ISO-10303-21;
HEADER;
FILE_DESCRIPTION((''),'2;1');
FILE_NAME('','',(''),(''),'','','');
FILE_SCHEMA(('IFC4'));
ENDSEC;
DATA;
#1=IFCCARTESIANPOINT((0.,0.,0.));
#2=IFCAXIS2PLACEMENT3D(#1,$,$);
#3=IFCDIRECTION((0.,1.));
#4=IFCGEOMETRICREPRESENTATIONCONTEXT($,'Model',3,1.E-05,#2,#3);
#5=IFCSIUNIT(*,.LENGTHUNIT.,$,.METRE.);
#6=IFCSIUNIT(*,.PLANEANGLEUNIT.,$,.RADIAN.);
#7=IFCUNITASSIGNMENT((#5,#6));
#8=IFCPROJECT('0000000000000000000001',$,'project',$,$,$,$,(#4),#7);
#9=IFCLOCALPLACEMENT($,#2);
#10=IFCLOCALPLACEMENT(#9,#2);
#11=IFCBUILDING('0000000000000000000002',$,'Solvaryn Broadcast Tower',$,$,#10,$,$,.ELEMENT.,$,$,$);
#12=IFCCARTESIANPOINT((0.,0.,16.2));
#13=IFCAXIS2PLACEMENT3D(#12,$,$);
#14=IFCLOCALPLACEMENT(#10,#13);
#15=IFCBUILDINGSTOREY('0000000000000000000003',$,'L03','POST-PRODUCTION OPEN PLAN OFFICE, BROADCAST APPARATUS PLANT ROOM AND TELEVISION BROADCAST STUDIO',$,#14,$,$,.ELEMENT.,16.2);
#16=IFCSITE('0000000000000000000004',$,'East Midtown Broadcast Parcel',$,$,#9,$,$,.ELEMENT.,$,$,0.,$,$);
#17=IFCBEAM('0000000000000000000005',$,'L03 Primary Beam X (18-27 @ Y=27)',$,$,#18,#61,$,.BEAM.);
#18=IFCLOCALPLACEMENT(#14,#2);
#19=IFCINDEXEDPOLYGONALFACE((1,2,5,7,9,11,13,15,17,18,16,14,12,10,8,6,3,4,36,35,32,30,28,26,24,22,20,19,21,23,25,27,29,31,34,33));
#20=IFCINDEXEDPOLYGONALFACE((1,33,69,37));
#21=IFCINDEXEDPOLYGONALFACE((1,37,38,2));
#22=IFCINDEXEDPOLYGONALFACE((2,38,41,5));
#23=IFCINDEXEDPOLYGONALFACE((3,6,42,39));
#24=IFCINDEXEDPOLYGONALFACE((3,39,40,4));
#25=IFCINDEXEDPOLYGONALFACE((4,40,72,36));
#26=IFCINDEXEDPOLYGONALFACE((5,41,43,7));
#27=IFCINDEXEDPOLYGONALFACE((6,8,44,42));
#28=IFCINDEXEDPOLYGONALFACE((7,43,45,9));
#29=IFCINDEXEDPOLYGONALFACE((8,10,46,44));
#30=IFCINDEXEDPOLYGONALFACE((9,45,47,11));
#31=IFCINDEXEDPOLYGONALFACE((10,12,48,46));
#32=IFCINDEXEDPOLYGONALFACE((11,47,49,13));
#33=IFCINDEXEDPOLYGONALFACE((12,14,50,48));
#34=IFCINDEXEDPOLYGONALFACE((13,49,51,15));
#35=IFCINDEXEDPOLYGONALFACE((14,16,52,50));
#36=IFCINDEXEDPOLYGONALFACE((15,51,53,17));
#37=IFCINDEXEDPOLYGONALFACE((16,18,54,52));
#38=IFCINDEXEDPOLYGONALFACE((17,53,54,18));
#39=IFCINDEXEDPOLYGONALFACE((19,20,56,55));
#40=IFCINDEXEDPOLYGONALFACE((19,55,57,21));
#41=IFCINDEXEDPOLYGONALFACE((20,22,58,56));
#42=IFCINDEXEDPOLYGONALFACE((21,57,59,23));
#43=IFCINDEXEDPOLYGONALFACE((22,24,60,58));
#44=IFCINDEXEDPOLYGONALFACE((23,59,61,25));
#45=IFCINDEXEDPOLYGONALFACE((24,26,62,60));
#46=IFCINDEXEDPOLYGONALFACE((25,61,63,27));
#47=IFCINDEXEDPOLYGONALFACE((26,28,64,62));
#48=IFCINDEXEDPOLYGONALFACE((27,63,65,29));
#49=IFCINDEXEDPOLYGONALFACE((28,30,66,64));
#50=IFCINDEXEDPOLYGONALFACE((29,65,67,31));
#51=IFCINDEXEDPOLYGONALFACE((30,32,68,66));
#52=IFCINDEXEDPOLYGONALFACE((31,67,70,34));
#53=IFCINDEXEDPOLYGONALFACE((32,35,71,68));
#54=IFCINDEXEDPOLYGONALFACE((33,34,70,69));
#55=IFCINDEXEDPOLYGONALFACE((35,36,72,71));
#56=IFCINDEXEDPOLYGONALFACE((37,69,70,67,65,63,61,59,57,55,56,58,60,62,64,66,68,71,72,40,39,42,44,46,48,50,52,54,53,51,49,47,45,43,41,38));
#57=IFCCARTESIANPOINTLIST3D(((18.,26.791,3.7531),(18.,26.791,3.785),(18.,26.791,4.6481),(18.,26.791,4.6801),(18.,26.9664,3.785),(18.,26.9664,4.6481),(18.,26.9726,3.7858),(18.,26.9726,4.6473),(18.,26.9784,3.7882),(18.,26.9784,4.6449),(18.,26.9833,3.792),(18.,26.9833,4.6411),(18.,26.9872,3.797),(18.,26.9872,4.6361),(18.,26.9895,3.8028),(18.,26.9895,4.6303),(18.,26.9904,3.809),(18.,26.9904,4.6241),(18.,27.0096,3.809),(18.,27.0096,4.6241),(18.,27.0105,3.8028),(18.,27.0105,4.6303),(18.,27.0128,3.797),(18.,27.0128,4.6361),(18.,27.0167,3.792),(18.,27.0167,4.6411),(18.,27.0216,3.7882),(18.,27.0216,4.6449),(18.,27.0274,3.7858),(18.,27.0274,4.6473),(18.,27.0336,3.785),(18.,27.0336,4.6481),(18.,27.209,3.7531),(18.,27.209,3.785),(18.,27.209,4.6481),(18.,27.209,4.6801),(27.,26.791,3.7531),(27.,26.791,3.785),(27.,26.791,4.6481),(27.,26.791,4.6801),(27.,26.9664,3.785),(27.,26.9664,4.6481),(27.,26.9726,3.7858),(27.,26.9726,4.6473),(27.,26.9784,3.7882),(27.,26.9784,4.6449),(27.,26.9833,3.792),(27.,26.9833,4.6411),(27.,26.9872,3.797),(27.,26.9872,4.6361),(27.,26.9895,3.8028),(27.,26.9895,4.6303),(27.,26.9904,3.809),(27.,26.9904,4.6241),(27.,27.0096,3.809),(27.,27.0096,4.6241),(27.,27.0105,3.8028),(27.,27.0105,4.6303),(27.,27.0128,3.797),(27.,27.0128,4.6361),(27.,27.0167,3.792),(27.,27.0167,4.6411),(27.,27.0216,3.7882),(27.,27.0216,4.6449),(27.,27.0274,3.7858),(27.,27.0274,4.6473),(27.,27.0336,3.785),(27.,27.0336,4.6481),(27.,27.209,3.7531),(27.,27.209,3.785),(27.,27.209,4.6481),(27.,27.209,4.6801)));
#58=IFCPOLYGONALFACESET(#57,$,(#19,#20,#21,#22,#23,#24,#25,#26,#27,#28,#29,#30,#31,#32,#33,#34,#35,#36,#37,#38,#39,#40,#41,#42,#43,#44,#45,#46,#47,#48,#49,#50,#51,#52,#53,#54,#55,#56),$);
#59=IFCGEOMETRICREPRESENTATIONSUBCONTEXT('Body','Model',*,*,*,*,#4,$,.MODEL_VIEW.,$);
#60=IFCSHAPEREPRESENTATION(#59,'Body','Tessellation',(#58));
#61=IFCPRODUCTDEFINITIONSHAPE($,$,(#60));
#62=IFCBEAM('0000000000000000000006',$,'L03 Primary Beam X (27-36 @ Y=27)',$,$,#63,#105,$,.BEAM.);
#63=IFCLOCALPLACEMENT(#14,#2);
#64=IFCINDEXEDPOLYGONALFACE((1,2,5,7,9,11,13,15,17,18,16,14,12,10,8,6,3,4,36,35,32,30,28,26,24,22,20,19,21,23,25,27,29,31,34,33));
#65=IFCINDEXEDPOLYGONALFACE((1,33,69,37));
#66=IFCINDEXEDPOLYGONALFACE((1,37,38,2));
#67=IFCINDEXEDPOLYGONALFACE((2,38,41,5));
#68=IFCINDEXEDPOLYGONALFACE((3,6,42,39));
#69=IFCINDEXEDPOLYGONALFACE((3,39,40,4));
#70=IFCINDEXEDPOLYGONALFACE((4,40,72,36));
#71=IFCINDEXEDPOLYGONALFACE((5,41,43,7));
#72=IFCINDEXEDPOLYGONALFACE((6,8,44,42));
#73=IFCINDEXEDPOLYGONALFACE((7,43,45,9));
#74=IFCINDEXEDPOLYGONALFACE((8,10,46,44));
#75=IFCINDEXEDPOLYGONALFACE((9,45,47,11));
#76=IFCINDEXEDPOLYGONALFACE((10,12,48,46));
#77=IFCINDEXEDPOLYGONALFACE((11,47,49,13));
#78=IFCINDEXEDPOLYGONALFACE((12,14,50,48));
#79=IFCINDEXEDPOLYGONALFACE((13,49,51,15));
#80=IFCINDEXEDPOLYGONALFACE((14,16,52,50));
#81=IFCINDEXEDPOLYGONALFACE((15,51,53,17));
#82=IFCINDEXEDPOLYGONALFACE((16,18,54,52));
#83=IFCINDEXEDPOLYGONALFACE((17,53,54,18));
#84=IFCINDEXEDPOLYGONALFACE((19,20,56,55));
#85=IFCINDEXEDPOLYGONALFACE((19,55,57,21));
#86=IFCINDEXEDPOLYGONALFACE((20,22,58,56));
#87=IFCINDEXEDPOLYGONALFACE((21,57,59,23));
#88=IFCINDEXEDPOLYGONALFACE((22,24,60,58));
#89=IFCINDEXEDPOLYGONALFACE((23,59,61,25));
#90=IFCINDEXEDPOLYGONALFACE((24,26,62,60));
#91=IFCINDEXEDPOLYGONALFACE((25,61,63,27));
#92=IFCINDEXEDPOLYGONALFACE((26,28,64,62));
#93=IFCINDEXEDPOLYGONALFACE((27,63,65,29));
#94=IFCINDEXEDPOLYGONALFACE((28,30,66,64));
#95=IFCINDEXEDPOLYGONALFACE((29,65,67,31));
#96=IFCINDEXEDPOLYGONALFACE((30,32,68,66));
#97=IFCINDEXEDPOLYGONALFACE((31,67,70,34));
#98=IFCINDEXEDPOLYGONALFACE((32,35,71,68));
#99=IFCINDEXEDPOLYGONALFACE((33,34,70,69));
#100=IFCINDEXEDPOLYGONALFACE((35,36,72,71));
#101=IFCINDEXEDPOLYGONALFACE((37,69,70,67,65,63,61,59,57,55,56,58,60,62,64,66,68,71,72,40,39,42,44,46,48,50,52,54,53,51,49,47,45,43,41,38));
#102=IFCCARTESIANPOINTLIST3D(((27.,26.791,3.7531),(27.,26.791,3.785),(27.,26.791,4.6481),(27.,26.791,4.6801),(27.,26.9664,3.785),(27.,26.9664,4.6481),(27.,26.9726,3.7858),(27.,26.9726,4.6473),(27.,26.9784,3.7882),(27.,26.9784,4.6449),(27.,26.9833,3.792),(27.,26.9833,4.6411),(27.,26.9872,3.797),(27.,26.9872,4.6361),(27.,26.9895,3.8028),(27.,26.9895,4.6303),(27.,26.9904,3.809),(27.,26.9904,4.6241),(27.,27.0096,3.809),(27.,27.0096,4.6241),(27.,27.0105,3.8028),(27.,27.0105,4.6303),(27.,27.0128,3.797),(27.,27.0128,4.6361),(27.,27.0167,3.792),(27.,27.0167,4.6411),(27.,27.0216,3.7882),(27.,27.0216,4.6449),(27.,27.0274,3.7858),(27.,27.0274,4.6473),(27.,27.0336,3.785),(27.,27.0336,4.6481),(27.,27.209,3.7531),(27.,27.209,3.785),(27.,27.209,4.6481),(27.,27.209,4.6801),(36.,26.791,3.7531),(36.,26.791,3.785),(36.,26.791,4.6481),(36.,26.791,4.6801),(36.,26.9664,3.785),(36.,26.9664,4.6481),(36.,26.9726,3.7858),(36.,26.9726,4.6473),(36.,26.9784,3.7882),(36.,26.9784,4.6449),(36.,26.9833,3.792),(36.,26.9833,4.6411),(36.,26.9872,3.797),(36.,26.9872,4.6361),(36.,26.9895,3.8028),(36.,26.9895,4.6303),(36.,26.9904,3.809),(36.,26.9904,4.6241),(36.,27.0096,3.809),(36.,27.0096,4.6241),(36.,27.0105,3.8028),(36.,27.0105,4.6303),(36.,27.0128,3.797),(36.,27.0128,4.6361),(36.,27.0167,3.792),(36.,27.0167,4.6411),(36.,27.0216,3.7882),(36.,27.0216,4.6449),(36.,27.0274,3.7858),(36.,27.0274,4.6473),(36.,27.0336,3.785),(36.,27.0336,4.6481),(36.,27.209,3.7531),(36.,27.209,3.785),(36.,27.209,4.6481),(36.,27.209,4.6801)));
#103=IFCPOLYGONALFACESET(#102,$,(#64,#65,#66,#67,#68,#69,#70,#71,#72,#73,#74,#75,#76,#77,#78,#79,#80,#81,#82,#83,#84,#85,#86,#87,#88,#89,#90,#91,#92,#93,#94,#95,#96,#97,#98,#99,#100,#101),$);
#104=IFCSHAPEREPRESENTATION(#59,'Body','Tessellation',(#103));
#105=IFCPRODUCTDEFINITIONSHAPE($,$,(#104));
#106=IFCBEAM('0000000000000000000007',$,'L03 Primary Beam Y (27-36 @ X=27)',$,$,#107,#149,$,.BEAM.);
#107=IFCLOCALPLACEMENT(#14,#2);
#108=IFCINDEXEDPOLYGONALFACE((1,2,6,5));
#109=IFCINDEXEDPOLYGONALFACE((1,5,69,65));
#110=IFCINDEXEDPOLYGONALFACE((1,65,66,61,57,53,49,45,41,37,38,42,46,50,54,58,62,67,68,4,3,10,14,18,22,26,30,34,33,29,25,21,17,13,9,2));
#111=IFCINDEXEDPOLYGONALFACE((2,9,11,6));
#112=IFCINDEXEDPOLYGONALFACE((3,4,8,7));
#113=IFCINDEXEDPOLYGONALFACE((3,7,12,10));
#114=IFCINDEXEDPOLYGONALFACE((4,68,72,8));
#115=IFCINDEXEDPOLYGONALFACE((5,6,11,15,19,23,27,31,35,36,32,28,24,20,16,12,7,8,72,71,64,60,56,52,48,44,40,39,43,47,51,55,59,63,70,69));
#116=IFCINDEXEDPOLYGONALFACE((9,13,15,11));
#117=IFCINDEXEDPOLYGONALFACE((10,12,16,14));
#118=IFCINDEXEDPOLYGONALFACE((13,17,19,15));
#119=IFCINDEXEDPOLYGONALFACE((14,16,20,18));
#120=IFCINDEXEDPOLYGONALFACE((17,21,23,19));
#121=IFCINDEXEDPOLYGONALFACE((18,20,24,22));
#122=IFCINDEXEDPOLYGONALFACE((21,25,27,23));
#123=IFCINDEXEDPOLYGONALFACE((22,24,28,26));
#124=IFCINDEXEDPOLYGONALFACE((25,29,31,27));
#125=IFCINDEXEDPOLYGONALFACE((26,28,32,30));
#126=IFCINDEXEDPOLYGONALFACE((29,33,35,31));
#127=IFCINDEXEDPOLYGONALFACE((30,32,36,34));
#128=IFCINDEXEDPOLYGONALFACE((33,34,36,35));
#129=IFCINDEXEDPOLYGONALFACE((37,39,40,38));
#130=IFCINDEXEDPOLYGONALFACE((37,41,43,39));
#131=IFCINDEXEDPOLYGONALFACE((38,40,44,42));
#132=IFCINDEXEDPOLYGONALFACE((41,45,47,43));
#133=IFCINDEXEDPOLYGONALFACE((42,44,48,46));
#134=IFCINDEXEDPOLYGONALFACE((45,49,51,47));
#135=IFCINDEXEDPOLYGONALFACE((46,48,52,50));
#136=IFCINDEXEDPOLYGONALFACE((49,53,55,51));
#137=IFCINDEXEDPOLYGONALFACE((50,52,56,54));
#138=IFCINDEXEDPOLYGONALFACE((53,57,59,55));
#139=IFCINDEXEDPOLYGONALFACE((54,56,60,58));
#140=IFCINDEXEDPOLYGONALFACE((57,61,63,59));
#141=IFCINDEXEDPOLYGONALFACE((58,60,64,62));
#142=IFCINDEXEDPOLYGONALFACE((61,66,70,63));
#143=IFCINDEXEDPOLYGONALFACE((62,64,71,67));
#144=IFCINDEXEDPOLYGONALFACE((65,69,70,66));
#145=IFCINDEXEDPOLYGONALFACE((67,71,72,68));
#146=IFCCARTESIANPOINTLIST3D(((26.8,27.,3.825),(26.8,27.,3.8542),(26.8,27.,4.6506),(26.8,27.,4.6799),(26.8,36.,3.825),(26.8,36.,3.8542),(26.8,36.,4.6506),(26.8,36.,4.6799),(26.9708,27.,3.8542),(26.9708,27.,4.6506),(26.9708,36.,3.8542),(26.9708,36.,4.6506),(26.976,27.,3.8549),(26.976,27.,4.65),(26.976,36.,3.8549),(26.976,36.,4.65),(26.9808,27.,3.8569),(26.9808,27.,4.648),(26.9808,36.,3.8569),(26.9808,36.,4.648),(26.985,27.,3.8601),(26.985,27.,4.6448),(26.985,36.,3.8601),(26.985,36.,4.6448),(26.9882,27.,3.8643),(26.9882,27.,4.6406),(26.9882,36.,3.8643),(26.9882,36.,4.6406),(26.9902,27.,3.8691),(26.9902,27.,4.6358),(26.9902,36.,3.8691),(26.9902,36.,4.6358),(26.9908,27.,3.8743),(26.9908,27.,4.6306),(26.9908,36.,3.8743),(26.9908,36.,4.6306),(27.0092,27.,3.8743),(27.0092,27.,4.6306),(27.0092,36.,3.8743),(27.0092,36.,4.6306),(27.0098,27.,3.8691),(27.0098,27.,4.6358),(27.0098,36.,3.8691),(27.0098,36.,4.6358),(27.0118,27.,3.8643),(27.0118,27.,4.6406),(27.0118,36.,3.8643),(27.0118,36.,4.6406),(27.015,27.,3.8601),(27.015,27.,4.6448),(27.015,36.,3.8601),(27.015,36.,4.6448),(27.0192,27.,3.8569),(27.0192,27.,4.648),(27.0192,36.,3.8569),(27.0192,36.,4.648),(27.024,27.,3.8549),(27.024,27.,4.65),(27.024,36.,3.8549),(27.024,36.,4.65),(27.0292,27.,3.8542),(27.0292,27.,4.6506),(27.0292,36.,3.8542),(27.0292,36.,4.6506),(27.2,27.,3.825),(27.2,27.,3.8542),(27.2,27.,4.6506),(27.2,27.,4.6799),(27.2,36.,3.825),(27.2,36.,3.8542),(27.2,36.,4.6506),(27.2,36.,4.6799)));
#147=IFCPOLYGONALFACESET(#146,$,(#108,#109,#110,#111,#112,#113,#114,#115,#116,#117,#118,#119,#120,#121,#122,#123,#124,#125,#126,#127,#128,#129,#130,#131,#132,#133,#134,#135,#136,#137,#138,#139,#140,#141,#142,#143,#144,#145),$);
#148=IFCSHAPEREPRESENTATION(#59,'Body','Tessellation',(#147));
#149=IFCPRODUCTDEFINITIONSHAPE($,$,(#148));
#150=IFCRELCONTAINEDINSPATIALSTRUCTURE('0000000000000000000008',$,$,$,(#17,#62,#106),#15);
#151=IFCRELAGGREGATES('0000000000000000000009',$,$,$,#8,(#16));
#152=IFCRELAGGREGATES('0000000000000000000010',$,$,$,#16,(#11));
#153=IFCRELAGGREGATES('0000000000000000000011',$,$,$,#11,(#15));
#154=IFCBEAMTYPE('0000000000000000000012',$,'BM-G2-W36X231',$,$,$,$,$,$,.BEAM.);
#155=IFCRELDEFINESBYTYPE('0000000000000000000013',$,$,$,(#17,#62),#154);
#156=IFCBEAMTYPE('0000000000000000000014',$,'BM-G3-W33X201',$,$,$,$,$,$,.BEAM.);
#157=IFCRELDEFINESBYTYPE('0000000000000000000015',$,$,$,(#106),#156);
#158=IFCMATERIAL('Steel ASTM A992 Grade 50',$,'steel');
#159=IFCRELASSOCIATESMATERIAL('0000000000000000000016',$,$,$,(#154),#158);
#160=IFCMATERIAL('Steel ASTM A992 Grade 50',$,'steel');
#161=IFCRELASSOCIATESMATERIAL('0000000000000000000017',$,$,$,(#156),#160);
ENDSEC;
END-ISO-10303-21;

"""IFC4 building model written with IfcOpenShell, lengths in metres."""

from ifc_helpers import new_model, si_unit, direction, frame, origin, origin_2d, place, context, subcontext, project, spatial, i_section, extrude, material, material_profile, profile_set, type_object, element, save


model = new_model("IFC4")

# Units and contexts
model_context = context("Model", 3, precision=1e-05, world=origin(), true_north=direction((0.0, 1.0)))
body_context = subcontext(model_context, "Body", "Model", "MODEL_VIEW")
ifc_project = project(units=[si_unit("LENGTHUNIT", "METRE"), si_unit("PLANEANGLEUNIT", "RADIAN")], contexts=[model_context])

# Site, building, storey
site_placement = place(None, origin())
site = spatial("IfcSite", under=ifc_project, at=site_placement, Name="East Midtown Broadcast Parcel", CompositionType="ELEMENT", RefElevation=0.0)
building_placement = place(site_placement, origin())
building = spatial("IfcBuilding", under=site, at=building_placement, Name="Solvaryn Broadcast Tower", CompositionType="ELEMENT")
storey_placement = place(building_placement, frame((0.0, 0.0, 16.2)))
storey = spatial("IfcBuildingStorey", under=building, at=storey_placement, Name="L03", Description="POST-PRODUCTION OPEN PLAN OFFICE, BROADCAST APPARATUS PLANT ROOM AND TELEVISION BROADCAST STUDIO", CompositionType="ELEMENT", Elevation=16.2)

# Beams
ifc_material_1 = material(Name="Steel ASTM A992 Grade 50", Category="steel")
ifc_material_profile_1 = material_profile(ifc_material_1, i_section(OverallWidth=0.418, OverallDepth=0.927, WebThickness=0.0193, FlangeThickness=0.032, FilletRadius=0.0239, at=origin_2d()))
ifc_profile_set_1 = profile_set([ifc_material_profile_1], Name="Steel ASTM A992 Grade 50")
beam_type_1 = type_object("IfcBeamType", Name="BM-G2-W36X231", PredefinedType="BEAM", material=ifc_profile_set_1)
for number, where, z_axis, x_axis, name in (
    (1, (18.0, 27.0, 4.2166), (1.0, 0.0, 0.0), (0.0, 1.0, 0.0), "L03 Primary Beam X (18-27 @ Y=27)"),
    (2, (27.0, 27.0, 4.2166), (1.0, 0.0, 0.0), (0.0, 1.0, 0.0), "L03 Primary Beam X (27-36 @ Y=27)"),
):
    element("IfcBeam", number, at=place(storey_placement, frame(where, z_axis=z_axis, x_axis=x_axis)), inside=storey, type_object=beam_type_1, Name=name, PredefinedType="BEAM", context=body_context, shape_type="SweptSolid", body=[
        extrude(i_section(OverallWidth=0.418, OverallDepth=0.927, WebThickness=0.0193, FlangeThickness=0.032, FilletRadius=0.0239, at=origin_2d()), origin(), (0.0, 0.0, 1.0), 9.0),
    ])
ifc_material_2 = material(Name="Steel ASTM A992 Grade 50", Category="steel")
ifc_material_profile_2 = material_profile(ifc_material_2, i_section(OverallWidth=0.3999, OverallDepth=0.855, WebThickness=0.0183, FlangeThickness=0.0293, FilletRadius=0.02, at=origin_2d()))
ifc_profile_set_2 = profile_set([ifc_material_profile_2], Name="Steel ASTM A992 Grade 50")
beam_type_2 = type_object("IfcBeamType", Name="BM-G3-W33X201", PredefinedType="BEAM", material=ifc_profile_set_2)
beam_1_placement = place(storey_placement, frame((27.0, 27.0, 4.2524), z_axis=(0.0, 1.0, 0.0), x_axis=(-1.0, 0.0, 0.0)))
element("IfcBeam", 3, at=beam_1_placement, inside=storey, type_object=beam_type_2, Name="L03 Primary Beam Y (27-36 @ X=27)", PredefinedType="BEAM", context=body_context, shape_type="SweptSolid", body=[
    extrude(i_section(OverallWidth=0.3999, OverallDepth=0.855, WebThickness=0.0183, FlangeThickness=0.0293, FilletRadius=0.02, at=origin_2d()), origin(), (0.0, 0.0, 1.0), 9.0),
])

save(model, "model.ifc")
